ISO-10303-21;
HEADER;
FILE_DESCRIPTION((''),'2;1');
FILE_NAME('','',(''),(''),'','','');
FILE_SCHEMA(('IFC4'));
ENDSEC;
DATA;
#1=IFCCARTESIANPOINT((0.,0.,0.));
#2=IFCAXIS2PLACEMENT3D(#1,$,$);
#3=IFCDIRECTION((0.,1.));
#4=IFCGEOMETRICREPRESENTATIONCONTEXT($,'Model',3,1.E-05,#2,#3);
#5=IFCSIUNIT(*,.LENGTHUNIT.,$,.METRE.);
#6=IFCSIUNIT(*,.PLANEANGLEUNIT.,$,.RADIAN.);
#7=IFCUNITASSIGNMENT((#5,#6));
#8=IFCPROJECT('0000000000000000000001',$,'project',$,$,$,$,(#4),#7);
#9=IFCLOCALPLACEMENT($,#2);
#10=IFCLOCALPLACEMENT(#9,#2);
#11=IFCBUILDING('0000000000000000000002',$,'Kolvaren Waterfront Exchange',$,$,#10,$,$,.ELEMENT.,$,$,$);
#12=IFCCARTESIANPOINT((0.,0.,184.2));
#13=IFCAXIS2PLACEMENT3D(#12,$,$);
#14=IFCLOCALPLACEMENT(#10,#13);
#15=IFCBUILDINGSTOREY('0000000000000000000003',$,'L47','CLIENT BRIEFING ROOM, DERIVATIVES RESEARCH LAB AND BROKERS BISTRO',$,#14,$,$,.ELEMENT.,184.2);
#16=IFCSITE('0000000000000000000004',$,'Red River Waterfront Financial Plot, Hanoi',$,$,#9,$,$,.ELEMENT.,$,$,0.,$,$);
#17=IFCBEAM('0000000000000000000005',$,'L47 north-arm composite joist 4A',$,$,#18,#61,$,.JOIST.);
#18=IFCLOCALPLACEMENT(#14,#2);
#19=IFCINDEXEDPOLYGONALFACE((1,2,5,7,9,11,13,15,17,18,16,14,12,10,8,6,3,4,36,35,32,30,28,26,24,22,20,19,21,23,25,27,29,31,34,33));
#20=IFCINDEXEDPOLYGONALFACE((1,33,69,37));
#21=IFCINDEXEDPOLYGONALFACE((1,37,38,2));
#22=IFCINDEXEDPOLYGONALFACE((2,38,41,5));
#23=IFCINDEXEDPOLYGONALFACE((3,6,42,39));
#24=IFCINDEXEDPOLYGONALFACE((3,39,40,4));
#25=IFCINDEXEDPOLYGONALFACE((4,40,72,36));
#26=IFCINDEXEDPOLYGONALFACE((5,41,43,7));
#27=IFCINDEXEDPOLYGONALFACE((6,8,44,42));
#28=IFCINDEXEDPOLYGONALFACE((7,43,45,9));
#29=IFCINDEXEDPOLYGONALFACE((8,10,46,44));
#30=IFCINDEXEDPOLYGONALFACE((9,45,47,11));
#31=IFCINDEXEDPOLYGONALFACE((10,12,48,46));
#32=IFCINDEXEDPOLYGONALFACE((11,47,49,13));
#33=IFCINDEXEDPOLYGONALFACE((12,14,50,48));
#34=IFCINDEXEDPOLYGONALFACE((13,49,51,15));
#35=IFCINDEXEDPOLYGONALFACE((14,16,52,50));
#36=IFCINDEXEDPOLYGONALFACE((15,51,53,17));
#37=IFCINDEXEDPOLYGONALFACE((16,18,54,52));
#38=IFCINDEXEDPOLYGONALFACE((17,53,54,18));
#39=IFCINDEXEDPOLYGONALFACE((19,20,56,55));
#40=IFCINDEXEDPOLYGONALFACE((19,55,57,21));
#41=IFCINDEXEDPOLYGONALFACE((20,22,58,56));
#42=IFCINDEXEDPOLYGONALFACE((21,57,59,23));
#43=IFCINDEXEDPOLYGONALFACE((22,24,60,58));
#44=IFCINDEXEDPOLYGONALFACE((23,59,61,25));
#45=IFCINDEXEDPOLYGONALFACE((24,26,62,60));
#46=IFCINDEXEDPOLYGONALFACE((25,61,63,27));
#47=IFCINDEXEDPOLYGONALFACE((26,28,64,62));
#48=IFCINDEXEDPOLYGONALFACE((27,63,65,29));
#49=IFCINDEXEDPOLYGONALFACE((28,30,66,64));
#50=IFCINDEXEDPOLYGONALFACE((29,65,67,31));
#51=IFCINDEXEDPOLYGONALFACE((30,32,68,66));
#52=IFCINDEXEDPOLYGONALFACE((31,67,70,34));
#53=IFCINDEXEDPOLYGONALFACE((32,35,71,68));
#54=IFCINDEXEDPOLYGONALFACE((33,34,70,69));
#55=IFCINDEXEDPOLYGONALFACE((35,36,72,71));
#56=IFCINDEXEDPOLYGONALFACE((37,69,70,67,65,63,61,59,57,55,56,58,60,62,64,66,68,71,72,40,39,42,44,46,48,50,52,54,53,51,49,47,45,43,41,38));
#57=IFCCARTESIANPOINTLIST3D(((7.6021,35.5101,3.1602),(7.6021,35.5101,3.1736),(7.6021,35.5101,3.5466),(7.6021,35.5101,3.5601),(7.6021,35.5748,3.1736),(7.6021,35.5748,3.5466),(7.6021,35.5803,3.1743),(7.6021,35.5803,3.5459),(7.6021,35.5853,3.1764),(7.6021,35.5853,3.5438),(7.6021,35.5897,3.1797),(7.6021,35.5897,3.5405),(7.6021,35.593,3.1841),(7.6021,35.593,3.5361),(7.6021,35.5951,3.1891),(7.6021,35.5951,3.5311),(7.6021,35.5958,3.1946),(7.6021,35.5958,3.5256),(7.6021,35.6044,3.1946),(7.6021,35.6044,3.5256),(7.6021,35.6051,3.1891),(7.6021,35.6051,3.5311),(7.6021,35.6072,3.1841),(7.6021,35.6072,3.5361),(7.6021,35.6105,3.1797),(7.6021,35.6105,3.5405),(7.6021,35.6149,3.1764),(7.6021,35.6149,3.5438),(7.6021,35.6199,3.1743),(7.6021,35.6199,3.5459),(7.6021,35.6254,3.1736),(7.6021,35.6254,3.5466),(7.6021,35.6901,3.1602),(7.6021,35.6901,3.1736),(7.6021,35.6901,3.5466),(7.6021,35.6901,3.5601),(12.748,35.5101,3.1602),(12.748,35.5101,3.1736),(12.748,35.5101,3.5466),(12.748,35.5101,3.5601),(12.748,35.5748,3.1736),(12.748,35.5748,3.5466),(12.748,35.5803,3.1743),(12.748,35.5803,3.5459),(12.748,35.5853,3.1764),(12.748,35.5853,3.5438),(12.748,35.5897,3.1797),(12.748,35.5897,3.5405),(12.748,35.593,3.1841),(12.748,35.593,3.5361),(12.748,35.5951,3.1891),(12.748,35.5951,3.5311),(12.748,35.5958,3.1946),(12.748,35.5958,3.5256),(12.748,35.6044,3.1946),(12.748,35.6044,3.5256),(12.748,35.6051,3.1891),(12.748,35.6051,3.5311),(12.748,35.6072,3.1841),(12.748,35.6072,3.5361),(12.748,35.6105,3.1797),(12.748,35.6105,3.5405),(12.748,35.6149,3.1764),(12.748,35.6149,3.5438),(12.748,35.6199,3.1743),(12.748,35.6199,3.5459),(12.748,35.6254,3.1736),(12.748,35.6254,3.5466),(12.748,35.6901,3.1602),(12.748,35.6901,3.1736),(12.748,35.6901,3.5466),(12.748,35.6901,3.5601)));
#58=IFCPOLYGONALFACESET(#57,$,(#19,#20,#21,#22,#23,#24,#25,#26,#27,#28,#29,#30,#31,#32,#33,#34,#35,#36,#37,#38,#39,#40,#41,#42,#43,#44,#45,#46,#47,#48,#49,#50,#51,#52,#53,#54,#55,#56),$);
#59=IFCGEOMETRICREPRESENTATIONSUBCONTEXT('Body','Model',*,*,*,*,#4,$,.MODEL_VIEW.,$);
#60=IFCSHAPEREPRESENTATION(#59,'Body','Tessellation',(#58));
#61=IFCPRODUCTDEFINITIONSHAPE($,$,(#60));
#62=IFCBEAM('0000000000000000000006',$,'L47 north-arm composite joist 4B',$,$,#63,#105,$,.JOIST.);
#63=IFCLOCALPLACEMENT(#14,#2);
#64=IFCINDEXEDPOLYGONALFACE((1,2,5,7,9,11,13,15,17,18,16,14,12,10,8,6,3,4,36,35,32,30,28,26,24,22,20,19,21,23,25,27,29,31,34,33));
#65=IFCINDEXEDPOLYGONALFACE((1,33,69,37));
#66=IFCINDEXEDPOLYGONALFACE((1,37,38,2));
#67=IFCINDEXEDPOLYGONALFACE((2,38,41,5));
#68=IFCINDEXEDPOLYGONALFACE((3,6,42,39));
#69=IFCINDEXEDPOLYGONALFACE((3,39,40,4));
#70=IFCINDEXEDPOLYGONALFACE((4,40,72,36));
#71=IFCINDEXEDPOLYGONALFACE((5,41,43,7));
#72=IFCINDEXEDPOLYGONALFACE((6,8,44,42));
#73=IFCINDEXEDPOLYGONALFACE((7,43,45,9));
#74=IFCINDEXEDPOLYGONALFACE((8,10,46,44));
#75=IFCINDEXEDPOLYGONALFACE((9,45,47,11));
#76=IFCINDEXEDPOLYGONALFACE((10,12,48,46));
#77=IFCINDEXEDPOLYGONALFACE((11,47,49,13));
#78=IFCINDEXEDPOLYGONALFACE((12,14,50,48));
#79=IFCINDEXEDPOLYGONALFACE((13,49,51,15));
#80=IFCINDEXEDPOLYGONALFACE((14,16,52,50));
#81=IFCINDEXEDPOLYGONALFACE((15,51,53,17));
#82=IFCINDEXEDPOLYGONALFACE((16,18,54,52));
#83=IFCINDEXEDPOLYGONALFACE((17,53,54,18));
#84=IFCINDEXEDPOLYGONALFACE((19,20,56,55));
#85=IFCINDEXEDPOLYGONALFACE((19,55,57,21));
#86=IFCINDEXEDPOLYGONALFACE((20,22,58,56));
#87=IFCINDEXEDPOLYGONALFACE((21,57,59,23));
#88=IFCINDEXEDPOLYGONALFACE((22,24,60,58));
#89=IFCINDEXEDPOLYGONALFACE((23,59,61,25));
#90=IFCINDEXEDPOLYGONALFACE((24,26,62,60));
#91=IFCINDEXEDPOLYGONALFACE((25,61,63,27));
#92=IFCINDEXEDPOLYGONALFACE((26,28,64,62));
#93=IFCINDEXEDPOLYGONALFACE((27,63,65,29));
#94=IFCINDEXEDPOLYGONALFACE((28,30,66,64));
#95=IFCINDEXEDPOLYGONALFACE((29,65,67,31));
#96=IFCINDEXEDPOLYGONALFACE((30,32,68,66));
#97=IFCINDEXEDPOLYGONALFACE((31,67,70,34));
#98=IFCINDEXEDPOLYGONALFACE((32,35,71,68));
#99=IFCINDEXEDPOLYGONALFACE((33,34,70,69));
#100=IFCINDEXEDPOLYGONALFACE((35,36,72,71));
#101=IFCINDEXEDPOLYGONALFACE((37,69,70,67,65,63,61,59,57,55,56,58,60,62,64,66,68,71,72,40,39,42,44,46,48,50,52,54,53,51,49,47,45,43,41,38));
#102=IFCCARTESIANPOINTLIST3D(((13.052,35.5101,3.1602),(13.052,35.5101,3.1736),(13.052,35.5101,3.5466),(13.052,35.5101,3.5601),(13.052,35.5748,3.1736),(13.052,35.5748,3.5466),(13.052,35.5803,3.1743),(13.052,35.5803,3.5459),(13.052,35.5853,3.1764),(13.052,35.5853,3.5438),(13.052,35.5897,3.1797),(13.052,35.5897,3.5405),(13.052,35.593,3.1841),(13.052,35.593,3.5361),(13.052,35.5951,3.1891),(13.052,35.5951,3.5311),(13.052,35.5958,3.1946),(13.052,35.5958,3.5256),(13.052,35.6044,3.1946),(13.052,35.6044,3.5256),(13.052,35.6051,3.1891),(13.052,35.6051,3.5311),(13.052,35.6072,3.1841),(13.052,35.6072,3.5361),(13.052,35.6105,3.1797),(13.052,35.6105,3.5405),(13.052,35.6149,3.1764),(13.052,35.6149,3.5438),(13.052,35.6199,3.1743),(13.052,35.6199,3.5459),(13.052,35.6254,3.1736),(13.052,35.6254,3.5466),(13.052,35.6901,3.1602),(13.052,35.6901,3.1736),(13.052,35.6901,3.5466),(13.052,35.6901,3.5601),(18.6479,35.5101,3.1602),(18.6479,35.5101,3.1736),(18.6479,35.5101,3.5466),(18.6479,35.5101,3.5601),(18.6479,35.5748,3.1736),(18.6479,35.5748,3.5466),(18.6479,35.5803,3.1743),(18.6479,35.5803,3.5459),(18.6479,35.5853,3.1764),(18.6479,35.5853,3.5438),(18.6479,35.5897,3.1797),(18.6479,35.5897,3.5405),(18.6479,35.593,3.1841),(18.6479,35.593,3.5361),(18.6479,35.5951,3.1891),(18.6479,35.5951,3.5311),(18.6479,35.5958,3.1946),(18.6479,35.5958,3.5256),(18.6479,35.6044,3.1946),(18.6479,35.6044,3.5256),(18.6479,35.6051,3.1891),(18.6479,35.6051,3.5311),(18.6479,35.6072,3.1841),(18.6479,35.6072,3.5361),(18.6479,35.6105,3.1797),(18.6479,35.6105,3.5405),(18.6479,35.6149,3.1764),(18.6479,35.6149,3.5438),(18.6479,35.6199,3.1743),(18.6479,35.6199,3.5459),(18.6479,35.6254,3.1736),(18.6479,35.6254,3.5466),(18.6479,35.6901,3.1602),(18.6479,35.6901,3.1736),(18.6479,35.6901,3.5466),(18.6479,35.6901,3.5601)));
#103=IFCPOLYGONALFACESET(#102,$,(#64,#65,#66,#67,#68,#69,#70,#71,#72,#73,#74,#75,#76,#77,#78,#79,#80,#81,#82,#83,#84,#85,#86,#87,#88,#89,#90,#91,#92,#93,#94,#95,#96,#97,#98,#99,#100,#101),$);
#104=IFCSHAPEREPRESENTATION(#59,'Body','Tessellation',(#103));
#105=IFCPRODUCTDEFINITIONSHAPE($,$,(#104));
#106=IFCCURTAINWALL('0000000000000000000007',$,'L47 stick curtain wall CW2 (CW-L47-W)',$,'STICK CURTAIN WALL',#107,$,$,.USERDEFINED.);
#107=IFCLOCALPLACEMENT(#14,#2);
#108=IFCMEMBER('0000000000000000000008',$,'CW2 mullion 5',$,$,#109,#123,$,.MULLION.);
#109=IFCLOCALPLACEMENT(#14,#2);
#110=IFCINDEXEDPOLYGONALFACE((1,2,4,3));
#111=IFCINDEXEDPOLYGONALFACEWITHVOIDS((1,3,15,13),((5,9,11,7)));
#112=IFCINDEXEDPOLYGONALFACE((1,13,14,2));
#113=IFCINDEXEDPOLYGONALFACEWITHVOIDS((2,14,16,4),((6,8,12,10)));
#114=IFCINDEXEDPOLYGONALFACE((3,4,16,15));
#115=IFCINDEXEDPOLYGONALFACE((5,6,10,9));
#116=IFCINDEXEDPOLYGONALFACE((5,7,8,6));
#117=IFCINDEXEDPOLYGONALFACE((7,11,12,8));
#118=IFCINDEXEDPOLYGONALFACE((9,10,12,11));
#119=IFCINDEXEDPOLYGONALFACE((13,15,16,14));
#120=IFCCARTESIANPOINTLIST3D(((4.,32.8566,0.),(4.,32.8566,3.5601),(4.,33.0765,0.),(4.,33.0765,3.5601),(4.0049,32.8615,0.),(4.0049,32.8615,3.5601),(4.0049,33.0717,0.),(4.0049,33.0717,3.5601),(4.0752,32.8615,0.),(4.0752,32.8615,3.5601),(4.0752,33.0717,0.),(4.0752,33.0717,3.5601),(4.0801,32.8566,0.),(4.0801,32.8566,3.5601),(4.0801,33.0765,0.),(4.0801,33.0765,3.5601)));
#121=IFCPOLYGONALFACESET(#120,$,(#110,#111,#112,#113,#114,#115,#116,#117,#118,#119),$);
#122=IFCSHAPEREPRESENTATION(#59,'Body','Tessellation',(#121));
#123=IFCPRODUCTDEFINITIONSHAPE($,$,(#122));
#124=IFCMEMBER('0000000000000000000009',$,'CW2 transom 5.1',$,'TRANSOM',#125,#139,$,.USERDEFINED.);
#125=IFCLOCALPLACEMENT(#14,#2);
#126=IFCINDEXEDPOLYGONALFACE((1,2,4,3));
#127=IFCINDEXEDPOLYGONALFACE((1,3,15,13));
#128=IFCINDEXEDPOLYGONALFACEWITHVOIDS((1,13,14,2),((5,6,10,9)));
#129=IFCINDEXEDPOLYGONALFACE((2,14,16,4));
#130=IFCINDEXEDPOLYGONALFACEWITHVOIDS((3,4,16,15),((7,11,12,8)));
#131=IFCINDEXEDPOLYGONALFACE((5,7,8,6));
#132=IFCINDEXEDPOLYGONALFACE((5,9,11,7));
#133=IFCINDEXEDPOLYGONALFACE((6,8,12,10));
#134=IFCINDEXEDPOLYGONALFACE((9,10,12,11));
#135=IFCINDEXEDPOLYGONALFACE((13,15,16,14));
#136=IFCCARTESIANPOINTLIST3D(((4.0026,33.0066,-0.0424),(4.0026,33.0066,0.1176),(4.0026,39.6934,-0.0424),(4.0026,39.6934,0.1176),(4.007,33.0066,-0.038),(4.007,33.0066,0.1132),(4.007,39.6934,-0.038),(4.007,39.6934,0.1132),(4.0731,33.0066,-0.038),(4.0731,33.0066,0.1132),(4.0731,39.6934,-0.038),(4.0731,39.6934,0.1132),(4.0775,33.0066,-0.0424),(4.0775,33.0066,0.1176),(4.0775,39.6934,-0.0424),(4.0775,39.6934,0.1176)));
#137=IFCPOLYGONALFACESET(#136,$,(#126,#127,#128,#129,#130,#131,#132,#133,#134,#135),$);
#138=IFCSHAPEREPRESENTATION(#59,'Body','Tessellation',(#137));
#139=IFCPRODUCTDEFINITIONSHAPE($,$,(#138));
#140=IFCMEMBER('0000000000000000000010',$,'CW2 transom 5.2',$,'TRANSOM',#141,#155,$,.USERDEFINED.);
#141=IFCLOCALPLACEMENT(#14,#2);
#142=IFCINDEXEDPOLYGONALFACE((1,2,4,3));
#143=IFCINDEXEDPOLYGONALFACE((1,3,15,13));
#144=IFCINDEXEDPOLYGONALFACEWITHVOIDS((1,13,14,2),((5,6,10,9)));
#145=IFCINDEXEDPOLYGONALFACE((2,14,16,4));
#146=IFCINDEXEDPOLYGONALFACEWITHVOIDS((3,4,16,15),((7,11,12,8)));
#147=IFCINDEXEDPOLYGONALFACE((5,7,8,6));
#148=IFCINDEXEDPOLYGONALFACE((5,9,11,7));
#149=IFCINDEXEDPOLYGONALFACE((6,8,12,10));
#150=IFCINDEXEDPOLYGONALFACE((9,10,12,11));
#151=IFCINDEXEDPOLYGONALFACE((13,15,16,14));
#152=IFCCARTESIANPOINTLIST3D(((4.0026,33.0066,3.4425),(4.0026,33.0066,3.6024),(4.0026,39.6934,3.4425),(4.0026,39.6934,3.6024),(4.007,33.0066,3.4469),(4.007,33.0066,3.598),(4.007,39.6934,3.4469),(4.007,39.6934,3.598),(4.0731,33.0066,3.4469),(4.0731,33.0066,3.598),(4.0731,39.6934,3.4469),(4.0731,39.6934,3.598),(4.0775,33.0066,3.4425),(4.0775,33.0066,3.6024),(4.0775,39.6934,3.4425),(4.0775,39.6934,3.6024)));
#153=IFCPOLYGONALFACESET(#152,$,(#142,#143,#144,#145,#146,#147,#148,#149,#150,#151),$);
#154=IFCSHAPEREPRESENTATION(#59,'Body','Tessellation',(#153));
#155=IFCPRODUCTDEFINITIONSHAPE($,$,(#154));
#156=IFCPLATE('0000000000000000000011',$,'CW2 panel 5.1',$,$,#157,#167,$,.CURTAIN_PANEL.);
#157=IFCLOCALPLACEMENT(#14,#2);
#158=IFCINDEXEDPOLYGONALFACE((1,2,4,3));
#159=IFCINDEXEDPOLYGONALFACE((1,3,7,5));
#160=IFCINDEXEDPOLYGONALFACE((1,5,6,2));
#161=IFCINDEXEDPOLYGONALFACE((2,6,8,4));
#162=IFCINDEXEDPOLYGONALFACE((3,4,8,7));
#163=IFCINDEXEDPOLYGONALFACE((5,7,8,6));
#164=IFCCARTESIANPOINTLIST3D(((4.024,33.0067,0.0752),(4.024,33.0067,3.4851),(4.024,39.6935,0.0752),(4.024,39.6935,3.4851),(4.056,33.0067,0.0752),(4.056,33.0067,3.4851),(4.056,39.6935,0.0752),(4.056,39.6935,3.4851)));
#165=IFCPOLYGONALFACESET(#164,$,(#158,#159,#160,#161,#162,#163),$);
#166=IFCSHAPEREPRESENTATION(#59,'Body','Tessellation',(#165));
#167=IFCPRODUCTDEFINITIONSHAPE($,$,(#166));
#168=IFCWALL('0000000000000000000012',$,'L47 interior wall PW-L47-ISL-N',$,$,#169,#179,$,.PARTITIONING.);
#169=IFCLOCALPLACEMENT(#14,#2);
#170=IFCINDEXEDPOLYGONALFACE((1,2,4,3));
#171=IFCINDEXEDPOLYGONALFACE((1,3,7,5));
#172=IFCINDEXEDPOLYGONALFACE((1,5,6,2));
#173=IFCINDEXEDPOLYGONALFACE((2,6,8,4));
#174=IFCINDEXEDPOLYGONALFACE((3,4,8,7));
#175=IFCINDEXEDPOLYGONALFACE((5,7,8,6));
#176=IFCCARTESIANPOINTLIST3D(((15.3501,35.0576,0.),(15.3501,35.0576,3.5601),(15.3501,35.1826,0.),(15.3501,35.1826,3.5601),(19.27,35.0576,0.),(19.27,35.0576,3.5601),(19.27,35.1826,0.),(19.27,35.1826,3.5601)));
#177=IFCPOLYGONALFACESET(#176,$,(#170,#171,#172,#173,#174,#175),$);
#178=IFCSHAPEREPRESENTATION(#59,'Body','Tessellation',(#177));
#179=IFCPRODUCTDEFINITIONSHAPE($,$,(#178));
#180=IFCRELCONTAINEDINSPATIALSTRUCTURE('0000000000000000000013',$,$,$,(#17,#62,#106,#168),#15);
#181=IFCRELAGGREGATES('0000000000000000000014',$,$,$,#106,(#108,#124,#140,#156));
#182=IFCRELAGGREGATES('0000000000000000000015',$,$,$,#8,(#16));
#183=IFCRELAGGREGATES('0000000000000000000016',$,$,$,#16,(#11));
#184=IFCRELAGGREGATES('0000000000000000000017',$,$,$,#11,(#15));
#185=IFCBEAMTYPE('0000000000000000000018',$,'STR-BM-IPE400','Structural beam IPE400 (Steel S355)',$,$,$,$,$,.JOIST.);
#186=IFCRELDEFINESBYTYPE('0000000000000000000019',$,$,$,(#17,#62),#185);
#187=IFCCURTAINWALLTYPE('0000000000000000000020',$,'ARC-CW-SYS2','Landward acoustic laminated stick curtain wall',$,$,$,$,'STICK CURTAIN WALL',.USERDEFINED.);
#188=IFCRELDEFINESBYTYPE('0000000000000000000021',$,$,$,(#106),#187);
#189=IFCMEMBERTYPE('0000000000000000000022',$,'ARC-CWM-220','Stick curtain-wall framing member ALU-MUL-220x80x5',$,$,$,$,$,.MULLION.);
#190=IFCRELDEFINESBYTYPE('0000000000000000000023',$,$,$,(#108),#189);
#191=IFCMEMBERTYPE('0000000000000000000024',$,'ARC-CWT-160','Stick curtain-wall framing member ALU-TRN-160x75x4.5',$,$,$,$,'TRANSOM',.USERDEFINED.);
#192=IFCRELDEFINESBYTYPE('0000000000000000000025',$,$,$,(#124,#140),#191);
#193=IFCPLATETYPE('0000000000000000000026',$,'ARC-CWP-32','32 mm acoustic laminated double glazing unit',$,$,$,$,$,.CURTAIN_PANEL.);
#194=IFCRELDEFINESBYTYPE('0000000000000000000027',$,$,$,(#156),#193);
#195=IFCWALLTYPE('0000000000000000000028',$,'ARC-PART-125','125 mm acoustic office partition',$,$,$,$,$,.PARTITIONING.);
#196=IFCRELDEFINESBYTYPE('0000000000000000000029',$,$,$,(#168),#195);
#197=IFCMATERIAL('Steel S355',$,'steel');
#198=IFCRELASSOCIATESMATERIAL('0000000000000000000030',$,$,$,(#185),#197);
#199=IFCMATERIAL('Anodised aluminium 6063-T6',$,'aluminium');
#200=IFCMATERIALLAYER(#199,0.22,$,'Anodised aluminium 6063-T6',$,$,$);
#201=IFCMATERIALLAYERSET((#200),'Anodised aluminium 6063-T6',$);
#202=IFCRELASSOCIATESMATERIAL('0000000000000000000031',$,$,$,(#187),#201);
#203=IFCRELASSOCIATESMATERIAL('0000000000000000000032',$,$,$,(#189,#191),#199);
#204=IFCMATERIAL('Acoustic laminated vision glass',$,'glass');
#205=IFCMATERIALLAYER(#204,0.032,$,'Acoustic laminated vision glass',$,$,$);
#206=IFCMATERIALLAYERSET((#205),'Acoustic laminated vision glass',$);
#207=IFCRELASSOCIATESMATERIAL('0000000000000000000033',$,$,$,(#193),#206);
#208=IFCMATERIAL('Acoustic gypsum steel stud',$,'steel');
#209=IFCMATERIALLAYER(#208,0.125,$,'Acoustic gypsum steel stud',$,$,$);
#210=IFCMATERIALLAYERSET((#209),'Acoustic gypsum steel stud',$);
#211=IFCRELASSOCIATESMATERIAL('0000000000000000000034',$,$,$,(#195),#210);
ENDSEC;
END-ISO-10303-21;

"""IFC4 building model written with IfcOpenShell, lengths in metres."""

from ifc_helpers import new_model, si_unit, direction, frame, frame_2d, origin, origin_with_axes, origin_2d, place, context, subcontext, project, spatial, rectangle, hollow_rectangle, i_section, extrude, source, transform, mapped, material, layer, layer_set, material_profile, profile_set, type_object, element, aggregate, save


model = new_model("IFC4")

# Units and contexts
model_context = context("Model", 3, precision=1e-05, world=origin(), true_north=direction((0.0, 1.0)))
body_context = subcontext(model_context, "Body", "Model", "MODEL_VIEW")
ifc_project = project(units=[si_unit("LENGTHUNIT", "METRE"), si_unit("PLANEANGLEUNIT", "RADIAN")], contexts=[model_context])

# Site, building, storey
site_placement = place(None, origin())
site = spatial("IfcSite", under=ifc_project, at=site_placement, Name="Red River Waterfront Financial Plot, Hanoi", CompositionType="ELEMENT", RefElevation=0.0)
building_placement = place(site_placement, origin())
building = spatial("IfcBuilding", under=site, at=building_placement, Name="Kolvaren Waterfront Exchange", CompositionType="ELEMENT")
storey_placement = place(building_placement, frame((0.0, 0.0, 184.2)))
storey = spatial("IfcBuildingStorey", under=building, at=storey_placement, Name="L47", Description="CLIENT BRIEFING ROOM, DERIVATIVES RESEARCH LAB AND BROKERS BISTRO", CompositionType="ELEMENT", Elevation=184.2)

# Beams
ifc_material_1 = material(Name="Steel S355", Category="steel")
ifc_material_profile_1 = material_profile(ifc_material_1, i_section(OverallWidth=0.1799, OverallDepth=0.3999, WebThickness=0.0085, FlangeThickness=0.0134, FilletRadius=0.021, at=origin_2d()), Name="IPE400")
ifc_profile_set_1 = profile_set([ifc_material_profile_1], Name="Steel S355")
beam_type_1 = type_object("IfcBeamType", Name="STR-BM-IPE400", Description="Structural beam IPE400 (Steel S355)", PredefinedType="JOIST", material=ifc_profile_set_1)
beam_1_placement = place(storey_placement, frame((7.6021, 35.6001, 3.3601), z_axis=(1.0, 0.0, 0.0), x_axis=(0.0, 1.0, 0.0)))
element("IfcBeam", 1, at=beam_1_placement, inside=storey, type_object=beam_type_1, Name="L47 north-arm composite joist 4A", PredefinedType="JOIST", context=body_context, shape_type="SweptSolid", body=[
    extrude(i_section(OverallWidth=0.1799, OverallDepth=0.3999, WebThickness=0.0085, FlangeThickness=0.0134, FilletRadius=0.021, at=origin_2d()), origin(), (0.0, 0.0, 1.0), 5.146),
])
beam_2_placement = place(storey_placement, frame((13.052, 35.6001, 3.3601), z_axis=(1.0, 0.0, 0.0), x_axis=(0.0, 1.0, 0.0)))
element("IfcBeam", 2, at=beam_2_placement, inside=storey, type_object=beam_type_1, Name="L47 north-arm composite joist 4B", PredefinedType="JOIST", context=body_context, shape_type="SweptSolid", body=[
    extrude(i_section(OverallWidth=0.1799, OverallDepth=0.3999, WebThickness=0.0085, FlangeThickness=0.0134, FilletRadius=0.021, at=origin_2d()), origin(), (0.0, 0.0, 1.0), 5.5959),
])

# Curtain wall, members, plate
ifc_material_2 = material(Name="Anodised aluminium 6063-T6", Category="aluminium")
ifc_layer_1 = layer(ifc_material_2, 0.22, Name="Anodised aluminium 6063-T6")
ifc_layer_set_1 = layer_set([ifc_layer_1], Name="Anodised aluminium 6063-T6")
curtain_wall_type = type_object("IfcCurtainWallType", Name="ARC-CW-SYS2", Description="Landward acoustic laminated stick curtain wall", ElementType="STICK CURTAIN WALL", PredefinedType="USERDEFINED", material=ifc_layer_set_1)
curtain_wall_placement = place(storey_placement, origin())
curtain_wall = element("IfcCurtainWall", 3, at=curtain_wall_placement, inside=storey, type_object=curtain_wall_type, Name="L47 stick curtain wall CW2 (CW-L47-W)", ObjectType="STICK CURTAIN WALL", PredefinedType="USERDEFINED")
ifc_material_profile_2 = material_profile(ifc_material_2, hollow_rectangle(XDim=0.0801, YDim=0.22, WallThickness=0.0049, at=origin_2d()), Name="ALU-MUL-220x80x5")
ifc_profile_set_2 = profile_set([ifc_material_profile_2], Name="Anodised aluminium 6063-T6")
member_type_1 = type_object("IfcMemberType", Name="ARC-CWM-220", Description="Stick curtain-wall framing member ALU-MUL-220x80x5", PredefinedType="MULLION", material=ifc_profile_set_2)
shared_shape_1 = source(origin_with_axes(), body_context, "Body", "SweptSolid", [
    extrude(hollow_rectangle(XDim=0.0801, YDim=0.22, WallThickness=0.0049, at=origin_2d()), origin(), (0.0, 0.0, 1.0), 3.5601),
])
member_1_placement = place(storey_placement, frame((4.04, 32.9666, 0.0), z_axis=(0.0, 0.0, 1.0), x_axis=(-1.0, 0.0, 0.0)))
member_1 = element("IfcMember", 4, at=member_1_placement, type_object=member_type_1, Name="CW2 mullion 5", PredefinedType="MULLION", context=body_context, shape_type="MappedRepresentation", body=[
    mapped(shared_shape_1, transform((0.0, 0.0, 0.0), x_axis=(1.0, 0.0, 0.0), y_axis=(0.0, 1.0, 0.0), z_axis=(0.0, 0.0, 1.0), scale=1.0)),
])
ifc_material_profile_3 = material_profile(ifc_material_2, hollow_rectangle(XDim=0.075, YDim=0.1599, WallThickness=0.0044, at=origin_2d()), Name="ALU-TRN-160x75x4.5")
ifc_profile_set_3 = profile_set([ifc_material_profile_3], Name="Anodised aluminium 6063-T6")
member_type_2 = type_object("IfcMemberType", Name="ARC-CWT-160", Description="Stick curtain-wall framing member ALU-TRN-160x75x4.5", ElementType="TRANSOM", PredefinedType="USERDEFINED", material=ifc_profile_set_3)
shared_shape_2 = source(origin_with_axes(), body_context, "Body", "SweptSolid", [
    extrude(hollow_rectangle(XDim=0.075, YDim=0.1599, WallThickness=0.0044, at=origin_2d()), origin(), (0.0, 0.0, 1.0), 6.6868),
])
member_2_placement = place(storey_placement, frame((4.04, 33.0066, 0.0376), z_axis=(0.0, 1.0, 0.0), x_axis=(-1.0, 0.0, 0.0)))
member_2 = element("IfcMember", 5, at=member_2_placement, type_object=member_type_2, Name="CW2 transom 5.1", ObjectType="TRANSOM", PredefinedType="USERDEFINED", context=body_context, shape_type="MappedRepresentation", body=[
    mapped(shared_shape_2, transform((0.0, 0.0, 0.0), x_axis=(1.0, 0.0, 0.0), y_axis=(0.0, 1.0, 0.0), z_axis=(0.0, 0.0, 1.0), scale=1.0)),
])
member_3_placement = place(storey_placement, frame((4.04, 33.0066, 3.5225), z_axis=(0.0, 1.0, 0.0), x_axis=(-1.0, 0.0, 0.0)))
member_3 = element("IfcMember", 6, at=member_3_placement, type_object=member_type_2, Name="CW2 transom 5.2", ObjectType="TRANSOM", PredefinedType="USERDEFINED", context=body_context, shape_type="MappedRepresentation", body=[
    mapped(shared_shape_2, transform((0.0, 0.0, 0.0), x_axis=(1.0, 0.0, 0.0), y_axis=(0.0, 1.0, 0.0), z_axis=(0.0, 0.0, 1.0), scale=1.0)),
])
ifc_material_3 = material(Name="Acoustic laminated vision glass", Category="glass")
ifc_layer_2 = layer(ifc_material_3, 0.032, Name="Acoustic laminated vision glass")
ifc_layer_set_2 = layer_set([ifc_layer_2], Name="Acoustic laminated vision glass")
plate_type = type_object("IfcPlateType", Name="ARC-CWP-32", Description="32 mm acoustic laminated double glazing unit", PredefinedType="CURTAIN_PANEL", material=ifc_layer_set_2)
shared_shape_3 = source(origin_with_axes(), body_context, "Body", "SweptSolid", [
    extrude(rectangle(XDim=6.6868, YDim=0.032, at=origin_2d()), origin(), (0.0, 0.0, 1.0), 3.4099),
])
plate_placement = place(storey_placement, frame((4.04, 36.3501, 0.0752), z_axis=(0.0, 0.0, 1.0), x_axis=(0.0, 1.0, 0.0)))
plate = element("IfcPlate", 7, at=plate_placement, type_object=plate_type, Name="CW2 panel 5.1", PredefinedType="CURTAIN_PANEL", context=body_context, shape_type="MappedRepresentation", body=[
    mapped(shared_shape_3, transform((0.0, 0.0, 0.0), x_axis=(1.0, 0.0, 0.0), y_axis=(0.0, 1.0, 0.0), z_axis=(0.0, 0.0, 1.0), scale=1.0)),
])
aggregate(curtain_wall, [member_1, member_2, member_3, plate])

# Wall
ifc_material_4 = material(Name="Acoustic gypsum steel stud", Category="steel")
ifc_layer_3 = layer(ifc_material_4, 0.125, Name="Acoustic gypsum steel stud")
ifc_layer_set_3 = layer_set([ifc_layer_3], Name="Acoustic gypsum steel stud")
wall_type = type_object("IfcWallType", Name="ARC-PART-125", Description="125 mm acoustic office partition", PredefinedType="PARTITIONING", material=ifc_layer_set_3)
wall_1_placement = place(storey_placement, frame((15.3501, 35.1201, 0.0), z_axis=(0.0, 0.0, 1.0), x_axis=(1.0, 0.0, 0.0)))
element("IfcWall", 8, at=wall_1_placement, inside=storey, type_object=wall_type, Name="L47 interior wall PW-L47-ISL-N", PredefinedType="PARTITIONING", context=body_context, shape_type="SweptSolid", body=[
    extrude(rectangle(XDim=3.9199, YDim=0.125, at=frame_2d((1.96, 0.0))), origin(), (0.0, 0.0, 1.0), 3.5601),
])

save(model, "model.ifc")
